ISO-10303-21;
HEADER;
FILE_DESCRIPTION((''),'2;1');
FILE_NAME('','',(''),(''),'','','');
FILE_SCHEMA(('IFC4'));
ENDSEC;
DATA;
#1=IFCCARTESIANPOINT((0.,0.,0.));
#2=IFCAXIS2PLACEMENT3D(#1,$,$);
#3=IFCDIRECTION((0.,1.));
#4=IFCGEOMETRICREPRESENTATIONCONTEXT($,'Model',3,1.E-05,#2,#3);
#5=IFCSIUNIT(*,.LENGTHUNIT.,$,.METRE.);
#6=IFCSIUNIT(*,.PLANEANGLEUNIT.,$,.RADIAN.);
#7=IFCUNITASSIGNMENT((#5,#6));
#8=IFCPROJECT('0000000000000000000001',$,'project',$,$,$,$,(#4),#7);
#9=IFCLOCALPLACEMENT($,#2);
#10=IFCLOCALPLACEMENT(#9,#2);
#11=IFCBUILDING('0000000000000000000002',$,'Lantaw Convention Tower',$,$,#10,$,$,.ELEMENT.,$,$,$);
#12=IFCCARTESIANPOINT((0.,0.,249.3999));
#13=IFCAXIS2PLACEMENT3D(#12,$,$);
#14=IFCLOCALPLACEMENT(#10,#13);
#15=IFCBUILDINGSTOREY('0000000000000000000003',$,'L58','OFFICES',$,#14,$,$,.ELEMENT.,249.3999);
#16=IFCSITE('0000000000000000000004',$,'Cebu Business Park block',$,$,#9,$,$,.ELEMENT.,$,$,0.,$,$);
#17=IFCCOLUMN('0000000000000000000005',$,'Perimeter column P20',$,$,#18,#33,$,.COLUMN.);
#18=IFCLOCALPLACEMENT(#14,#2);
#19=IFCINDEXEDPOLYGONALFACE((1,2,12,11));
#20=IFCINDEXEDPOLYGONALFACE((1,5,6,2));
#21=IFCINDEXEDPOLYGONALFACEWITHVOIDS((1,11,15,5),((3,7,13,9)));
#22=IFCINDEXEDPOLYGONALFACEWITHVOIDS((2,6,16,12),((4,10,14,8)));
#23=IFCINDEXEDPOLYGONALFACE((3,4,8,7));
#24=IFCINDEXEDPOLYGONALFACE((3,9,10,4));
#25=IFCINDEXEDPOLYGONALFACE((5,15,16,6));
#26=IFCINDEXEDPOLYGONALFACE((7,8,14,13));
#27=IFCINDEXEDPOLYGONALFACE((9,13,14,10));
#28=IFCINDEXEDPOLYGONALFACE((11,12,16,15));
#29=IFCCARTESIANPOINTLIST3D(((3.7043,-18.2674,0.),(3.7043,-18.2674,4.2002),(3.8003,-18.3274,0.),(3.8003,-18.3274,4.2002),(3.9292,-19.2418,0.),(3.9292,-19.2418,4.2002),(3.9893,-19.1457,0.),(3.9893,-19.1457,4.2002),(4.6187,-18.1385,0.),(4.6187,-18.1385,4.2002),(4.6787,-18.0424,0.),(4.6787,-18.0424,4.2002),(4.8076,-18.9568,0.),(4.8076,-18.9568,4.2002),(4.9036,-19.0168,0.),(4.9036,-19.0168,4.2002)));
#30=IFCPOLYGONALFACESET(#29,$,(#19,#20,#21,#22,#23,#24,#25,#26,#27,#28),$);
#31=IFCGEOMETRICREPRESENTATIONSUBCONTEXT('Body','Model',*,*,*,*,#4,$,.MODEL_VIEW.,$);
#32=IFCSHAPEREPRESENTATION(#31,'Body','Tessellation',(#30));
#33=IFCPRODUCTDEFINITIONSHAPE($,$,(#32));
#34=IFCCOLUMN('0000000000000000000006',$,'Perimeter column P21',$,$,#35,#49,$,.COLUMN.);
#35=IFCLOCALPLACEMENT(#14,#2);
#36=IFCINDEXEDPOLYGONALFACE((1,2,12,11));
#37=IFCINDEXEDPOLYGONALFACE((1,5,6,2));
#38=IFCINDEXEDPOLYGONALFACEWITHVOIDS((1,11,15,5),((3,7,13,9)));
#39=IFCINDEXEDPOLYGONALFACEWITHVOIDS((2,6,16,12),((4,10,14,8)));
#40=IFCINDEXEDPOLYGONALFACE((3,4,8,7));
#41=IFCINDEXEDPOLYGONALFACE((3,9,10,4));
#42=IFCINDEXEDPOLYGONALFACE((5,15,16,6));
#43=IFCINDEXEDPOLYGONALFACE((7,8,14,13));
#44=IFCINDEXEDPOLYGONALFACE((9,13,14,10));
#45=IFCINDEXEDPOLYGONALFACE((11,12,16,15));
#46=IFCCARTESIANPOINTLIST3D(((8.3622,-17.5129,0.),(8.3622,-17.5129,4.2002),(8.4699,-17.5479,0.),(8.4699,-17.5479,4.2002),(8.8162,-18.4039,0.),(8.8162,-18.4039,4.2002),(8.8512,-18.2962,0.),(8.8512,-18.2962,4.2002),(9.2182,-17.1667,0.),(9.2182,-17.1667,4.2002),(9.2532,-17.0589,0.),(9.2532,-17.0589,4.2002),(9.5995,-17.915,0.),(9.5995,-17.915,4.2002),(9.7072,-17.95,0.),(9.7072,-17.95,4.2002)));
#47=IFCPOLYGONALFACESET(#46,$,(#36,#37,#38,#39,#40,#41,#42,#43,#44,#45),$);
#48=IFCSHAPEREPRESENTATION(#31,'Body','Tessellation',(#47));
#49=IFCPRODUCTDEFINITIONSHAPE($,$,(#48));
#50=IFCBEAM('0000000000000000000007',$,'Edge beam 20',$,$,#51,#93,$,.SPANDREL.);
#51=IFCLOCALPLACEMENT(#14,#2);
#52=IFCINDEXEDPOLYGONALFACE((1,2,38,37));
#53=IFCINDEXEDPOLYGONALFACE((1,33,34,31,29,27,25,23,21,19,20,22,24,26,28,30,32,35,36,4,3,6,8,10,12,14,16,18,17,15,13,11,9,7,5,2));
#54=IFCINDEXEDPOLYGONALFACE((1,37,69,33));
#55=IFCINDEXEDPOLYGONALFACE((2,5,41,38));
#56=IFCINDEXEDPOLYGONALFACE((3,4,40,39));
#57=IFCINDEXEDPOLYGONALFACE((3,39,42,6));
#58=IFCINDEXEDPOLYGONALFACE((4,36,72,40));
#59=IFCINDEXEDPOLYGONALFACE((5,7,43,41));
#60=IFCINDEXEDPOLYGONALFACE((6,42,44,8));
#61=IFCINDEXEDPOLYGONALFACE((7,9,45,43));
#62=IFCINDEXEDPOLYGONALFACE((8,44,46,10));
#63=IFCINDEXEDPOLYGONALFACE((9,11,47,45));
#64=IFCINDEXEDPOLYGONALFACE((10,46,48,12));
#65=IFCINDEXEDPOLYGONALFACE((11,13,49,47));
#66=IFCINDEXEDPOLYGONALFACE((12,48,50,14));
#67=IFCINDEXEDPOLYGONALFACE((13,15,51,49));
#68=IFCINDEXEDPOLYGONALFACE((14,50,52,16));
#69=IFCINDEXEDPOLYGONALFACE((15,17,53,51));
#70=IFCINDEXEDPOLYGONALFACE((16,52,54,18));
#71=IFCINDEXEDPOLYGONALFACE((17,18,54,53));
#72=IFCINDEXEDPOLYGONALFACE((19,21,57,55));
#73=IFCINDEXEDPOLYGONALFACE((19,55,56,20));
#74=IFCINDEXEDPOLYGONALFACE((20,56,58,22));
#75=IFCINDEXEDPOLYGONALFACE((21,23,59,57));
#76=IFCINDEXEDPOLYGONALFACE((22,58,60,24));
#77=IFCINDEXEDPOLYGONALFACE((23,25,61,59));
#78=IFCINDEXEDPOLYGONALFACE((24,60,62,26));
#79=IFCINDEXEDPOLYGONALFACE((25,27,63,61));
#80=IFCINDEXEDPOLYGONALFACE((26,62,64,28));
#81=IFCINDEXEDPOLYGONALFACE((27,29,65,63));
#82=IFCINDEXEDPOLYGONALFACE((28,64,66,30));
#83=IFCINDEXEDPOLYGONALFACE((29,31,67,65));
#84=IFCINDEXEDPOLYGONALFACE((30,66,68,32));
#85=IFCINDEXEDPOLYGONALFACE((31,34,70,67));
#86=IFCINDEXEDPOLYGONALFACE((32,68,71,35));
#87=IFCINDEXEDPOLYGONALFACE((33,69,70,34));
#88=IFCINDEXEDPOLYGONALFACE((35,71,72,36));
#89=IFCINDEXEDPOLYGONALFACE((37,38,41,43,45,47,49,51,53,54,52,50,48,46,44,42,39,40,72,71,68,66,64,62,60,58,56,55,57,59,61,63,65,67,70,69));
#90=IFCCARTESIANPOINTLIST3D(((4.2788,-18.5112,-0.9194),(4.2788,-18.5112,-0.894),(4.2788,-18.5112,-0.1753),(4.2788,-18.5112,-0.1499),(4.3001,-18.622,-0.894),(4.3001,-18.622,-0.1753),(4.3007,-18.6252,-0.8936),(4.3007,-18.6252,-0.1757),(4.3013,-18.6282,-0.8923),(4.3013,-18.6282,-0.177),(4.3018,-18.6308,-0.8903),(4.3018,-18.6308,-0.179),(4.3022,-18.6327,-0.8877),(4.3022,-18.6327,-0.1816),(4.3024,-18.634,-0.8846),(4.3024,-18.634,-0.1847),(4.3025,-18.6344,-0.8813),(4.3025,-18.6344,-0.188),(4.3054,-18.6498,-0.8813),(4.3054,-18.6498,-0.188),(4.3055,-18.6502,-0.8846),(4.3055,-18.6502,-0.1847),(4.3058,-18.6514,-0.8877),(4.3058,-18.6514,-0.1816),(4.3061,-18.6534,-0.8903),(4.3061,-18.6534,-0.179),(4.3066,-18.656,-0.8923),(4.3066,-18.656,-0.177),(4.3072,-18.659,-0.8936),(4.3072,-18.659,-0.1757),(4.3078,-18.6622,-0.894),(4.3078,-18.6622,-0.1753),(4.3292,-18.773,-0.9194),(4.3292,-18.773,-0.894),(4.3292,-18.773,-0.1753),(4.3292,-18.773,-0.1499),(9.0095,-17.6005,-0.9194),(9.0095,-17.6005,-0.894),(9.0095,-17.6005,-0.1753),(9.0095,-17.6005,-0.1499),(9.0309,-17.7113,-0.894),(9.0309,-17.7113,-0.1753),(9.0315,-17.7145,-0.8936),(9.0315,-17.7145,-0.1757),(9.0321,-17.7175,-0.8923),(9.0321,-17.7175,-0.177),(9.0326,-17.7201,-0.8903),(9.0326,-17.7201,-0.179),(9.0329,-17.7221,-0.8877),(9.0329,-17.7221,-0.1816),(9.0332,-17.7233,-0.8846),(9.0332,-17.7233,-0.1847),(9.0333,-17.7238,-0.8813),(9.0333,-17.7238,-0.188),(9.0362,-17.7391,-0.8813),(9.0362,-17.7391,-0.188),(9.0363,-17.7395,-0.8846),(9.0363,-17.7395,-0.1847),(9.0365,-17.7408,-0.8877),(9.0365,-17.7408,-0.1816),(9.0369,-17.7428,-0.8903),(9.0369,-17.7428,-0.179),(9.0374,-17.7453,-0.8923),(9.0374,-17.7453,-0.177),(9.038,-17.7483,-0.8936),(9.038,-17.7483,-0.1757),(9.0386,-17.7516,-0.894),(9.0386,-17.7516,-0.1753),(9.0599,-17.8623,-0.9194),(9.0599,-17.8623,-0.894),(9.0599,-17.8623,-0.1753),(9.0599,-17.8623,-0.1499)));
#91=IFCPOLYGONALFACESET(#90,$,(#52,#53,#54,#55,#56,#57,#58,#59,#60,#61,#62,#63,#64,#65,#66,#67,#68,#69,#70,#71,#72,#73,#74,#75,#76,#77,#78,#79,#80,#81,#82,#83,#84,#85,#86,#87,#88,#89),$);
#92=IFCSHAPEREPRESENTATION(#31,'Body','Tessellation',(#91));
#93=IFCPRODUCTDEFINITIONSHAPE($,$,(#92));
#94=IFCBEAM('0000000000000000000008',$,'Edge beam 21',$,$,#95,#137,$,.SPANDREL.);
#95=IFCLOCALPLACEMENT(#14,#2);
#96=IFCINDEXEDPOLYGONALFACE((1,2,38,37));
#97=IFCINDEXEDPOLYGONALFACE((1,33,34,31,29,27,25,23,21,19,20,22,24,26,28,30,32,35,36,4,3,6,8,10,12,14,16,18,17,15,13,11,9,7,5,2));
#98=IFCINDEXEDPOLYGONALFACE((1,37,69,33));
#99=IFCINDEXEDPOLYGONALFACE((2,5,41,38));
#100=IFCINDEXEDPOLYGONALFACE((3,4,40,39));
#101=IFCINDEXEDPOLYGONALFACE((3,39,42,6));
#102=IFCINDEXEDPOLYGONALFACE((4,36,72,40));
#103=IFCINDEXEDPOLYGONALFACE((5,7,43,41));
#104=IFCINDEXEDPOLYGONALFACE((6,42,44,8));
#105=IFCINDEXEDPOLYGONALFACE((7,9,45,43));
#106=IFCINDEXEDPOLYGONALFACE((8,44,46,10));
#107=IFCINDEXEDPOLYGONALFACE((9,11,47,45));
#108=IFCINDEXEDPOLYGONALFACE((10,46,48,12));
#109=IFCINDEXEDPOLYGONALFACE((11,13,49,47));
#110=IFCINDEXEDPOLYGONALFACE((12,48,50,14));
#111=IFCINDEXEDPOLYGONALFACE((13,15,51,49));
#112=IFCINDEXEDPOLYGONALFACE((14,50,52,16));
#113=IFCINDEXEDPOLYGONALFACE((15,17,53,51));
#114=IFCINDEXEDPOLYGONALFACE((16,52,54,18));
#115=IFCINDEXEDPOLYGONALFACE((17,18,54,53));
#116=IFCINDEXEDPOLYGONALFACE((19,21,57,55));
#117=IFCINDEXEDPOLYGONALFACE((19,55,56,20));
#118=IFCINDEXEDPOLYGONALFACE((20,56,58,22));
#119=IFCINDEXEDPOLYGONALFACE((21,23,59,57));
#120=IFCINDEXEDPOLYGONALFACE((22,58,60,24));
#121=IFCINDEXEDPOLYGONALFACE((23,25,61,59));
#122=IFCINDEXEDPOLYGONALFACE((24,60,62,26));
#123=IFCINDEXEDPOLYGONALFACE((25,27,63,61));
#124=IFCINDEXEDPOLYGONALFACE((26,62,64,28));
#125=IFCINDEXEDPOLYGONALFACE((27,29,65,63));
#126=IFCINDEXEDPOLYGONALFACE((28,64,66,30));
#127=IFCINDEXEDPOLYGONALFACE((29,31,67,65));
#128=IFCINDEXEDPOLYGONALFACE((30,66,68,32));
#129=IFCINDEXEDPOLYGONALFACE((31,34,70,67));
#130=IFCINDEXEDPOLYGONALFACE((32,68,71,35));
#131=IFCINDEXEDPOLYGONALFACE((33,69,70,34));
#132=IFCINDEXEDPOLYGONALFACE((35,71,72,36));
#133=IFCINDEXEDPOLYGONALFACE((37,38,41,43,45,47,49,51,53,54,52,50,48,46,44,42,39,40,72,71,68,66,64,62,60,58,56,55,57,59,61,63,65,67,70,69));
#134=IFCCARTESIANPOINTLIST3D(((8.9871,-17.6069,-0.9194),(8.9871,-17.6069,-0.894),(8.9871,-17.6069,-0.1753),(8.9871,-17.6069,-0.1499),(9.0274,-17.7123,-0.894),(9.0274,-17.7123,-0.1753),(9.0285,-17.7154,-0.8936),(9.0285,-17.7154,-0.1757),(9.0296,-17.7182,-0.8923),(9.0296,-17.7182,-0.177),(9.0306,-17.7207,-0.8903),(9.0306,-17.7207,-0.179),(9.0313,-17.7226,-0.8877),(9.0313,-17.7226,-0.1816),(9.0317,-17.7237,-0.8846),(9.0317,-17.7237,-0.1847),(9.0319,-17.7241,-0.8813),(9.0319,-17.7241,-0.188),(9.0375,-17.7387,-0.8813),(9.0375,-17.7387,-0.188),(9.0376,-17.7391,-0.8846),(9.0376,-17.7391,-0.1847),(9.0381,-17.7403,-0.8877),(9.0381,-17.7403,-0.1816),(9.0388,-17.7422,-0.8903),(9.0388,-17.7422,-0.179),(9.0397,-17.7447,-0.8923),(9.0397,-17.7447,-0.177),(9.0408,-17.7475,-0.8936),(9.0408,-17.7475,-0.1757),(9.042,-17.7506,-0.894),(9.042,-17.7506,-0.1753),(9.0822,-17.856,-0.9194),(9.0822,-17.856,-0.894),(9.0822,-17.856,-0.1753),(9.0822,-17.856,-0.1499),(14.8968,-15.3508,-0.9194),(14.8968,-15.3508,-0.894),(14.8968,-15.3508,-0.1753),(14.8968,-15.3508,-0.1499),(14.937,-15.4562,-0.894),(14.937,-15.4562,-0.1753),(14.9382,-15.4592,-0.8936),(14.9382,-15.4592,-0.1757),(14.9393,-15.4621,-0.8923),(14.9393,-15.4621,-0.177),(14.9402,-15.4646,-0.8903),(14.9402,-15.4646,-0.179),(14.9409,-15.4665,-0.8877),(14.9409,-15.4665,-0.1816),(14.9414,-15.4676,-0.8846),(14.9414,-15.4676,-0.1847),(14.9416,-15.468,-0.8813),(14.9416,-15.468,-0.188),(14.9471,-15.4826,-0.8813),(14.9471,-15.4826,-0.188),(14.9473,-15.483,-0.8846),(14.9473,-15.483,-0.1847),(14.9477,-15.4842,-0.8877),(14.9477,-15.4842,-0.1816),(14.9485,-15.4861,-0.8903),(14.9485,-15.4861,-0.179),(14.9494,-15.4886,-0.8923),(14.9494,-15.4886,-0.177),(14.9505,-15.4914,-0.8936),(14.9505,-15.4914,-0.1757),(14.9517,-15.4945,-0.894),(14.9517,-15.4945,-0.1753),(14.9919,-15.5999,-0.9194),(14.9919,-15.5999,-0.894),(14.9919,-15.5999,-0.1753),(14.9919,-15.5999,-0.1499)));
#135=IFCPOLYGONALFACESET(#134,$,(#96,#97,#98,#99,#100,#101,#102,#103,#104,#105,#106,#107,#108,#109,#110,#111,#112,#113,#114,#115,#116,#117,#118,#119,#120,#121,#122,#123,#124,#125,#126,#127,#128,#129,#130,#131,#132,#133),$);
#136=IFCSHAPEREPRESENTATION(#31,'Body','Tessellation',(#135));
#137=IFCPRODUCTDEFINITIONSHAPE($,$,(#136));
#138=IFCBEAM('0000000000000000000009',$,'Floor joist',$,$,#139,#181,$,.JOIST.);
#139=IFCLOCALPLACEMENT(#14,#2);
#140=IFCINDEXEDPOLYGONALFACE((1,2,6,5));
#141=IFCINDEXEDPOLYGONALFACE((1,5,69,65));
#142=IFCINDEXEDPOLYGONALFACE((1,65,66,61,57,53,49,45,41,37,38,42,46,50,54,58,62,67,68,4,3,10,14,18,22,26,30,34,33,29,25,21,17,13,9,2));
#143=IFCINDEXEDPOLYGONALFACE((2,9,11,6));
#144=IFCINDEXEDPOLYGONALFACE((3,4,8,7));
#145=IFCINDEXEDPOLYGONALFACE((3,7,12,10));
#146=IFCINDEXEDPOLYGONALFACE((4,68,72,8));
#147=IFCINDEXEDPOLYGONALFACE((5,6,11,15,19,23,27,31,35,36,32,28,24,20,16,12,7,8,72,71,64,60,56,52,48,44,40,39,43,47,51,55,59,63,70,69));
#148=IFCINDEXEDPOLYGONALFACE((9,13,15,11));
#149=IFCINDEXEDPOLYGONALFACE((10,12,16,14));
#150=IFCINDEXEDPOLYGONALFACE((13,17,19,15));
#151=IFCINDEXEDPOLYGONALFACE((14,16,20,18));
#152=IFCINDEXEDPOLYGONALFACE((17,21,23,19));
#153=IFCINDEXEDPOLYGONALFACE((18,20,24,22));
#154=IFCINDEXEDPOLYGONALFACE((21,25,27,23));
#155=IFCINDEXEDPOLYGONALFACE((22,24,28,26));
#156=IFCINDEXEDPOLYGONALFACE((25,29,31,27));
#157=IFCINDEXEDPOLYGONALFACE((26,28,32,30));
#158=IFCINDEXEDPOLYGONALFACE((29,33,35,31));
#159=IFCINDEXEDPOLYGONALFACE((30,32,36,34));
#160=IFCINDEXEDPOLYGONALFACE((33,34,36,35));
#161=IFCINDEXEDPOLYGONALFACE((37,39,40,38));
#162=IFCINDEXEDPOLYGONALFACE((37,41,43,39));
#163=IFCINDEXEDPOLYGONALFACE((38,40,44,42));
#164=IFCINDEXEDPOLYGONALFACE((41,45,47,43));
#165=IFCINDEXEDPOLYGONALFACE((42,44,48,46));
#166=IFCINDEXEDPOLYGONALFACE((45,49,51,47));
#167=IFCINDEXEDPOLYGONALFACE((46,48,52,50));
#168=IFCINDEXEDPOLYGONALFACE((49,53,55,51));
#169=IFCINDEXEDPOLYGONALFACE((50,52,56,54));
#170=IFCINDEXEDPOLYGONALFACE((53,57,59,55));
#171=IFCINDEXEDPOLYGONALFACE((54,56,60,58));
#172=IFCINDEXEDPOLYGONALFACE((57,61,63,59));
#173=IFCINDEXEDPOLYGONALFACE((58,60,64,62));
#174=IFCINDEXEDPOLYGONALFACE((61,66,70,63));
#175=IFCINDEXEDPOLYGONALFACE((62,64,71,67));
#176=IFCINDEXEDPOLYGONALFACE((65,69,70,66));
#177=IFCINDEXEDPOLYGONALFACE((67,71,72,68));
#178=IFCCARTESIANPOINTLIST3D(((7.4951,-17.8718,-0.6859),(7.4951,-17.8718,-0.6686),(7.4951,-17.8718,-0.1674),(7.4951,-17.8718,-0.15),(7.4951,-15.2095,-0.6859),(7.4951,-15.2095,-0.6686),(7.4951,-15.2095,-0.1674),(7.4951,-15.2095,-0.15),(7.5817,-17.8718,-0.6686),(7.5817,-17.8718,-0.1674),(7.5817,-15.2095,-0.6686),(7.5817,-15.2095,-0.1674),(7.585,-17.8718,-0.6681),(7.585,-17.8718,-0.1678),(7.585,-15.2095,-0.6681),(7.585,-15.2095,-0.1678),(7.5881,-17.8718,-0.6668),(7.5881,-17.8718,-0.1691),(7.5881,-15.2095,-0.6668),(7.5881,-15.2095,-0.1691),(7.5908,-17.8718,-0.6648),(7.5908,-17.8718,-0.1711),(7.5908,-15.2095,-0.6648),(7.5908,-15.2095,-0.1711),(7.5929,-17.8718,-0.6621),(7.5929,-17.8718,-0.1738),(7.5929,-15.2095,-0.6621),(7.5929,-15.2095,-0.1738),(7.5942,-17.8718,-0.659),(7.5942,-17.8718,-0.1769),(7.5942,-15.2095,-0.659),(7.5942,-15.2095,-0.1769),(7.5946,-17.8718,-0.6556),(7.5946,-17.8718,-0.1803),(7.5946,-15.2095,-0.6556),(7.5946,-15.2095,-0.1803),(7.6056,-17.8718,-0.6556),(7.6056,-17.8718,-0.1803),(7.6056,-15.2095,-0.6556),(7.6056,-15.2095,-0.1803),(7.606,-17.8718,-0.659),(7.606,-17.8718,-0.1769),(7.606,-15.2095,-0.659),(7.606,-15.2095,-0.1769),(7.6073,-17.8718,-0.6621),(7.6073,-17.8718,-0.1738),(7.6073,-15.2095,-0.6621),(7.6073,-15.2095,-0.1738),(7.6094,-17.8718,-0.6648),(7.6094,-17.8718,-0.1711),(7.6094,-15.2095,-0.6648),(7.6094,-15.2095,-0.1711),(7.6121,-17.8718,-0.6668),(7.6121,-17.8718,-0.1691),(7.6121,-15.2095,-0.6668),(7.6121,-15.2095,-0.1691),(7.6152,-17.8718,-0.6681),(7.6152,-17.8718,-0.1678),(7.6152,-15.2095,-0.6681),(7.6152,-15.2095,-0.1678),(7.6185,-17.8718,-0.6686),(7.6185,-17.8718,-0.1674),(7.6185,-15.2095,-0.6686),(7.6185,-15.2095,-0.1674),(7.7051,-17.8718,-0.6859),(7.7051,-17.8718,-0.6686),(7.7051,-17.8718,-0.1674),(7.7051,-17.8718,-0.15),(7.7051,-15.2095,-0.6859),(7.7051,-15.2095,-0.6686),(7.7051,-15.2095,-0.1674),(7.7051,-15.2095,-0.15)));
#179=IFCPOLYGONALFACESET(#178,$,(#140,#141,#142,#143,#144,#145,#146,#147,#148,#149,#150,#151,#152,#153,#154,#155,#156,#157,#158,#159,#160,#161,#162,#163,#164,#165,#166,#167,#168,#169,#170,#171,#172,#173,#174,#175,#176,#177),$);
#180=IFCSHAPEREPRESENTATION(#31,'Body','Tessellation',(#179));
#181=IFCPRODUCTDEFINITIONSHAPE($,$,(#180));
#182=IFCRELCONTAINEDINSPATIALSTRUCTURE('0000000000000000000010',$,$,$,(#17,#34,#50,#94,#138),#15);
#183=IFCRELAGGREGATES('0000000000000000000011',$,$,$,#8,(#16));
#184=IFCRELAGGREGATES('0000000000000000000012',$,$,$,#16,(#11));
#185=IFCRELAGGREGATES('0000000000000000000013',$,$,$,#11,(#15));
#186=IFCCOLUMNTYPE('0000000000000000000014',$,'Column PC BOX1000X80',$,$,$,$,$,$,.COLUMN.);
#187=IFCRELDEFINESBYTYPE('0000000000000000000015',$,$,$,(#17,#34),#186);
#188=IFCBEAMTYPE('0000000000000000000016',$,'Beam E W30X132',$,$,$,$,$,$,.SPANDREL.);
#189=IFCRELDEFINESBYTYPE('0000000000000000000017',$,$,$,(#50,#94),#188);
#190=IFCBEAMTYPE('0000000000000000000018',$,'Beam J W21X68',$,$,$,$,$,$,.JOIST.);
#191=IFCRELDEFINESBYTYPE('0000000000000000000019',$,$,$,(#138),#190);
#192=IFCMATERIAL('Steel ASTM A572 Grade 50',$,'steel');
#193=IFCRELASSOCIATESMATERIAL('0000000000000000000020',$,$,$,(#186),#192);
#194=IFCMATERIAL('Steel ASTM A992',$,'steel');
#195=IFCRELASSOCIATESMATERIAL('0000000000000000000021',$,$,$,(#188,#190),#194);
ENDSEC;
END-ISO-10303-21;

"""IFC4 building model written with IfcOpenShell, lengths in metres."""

from ifc_helpers import new_model, si_unit, direction, frame, origin, origin_2d, place, context, subcontext, project, spatial, rectangle, hollow_rectangle, i_section, extrude, material, material_profile, profile_set, type_object, element, save


model = new_model("IFC4")

# Units and contexts
model_context = context("Model", 3, precision=1e-05, world=origin(), true_north=direction((0.0, 1.0)))
body_context = subcontext(model_context, "Body", "Model", "MODEL_VIEW")
ifc_project = project(units=[si_unit("LENGTHUNIT", "METRE"), si_unit("PLANEANGLEUNIT", "RADIAN")], contexts=[model_context])

# Site, building, storey
site_placement = place(None, origin())
site = spatial("IfcSite", under=ifc_project, at=site_placement, Name="Cebu Business Park block", CompositionType="ELEMENT", RefElevation=0.0)
building_placement = place(site_placement, origin())
building = spatial("IfcBuilding", under=site, at=building_placement, Name="Lantaw Convention Tower", CompositionType="ELEMENT")
storey_placement = place(building_placement, frame((0.0, 0.0, 249.3999)))
storey = spatial("IfcBuildingStorey", under=building, at=storey_placement, Name="L58", Description="OFFICES", CompositionType="ELEMENT", Elevation=249.3999)

# Columns
ifc_material_1 = material(Name="Steel ASTM A572 Grade 50", Category="steel")
ifc_material_profile_1 = material_profile(ifc_material_1, hollow_rectangle(XDim=1.0, YDim=1.0, WallThickness=0.0801, at=origin_2d()), Name="BOX1000X80")
ifc_material_2 = material(Name="Concrete C60/75", Category="concrete")
ifc_material_profile_2 = material_profile(ifc_material_2, rectangle(XDim=0.8401, YDim=0.8401, at=origin_2d()), Name="Concrete fill of BOX1000X80")
ifc_profile_set_1 = profile_set([ifc_material_profile_1, ifc_material_profile_2], Name="Steel ASTM A572 Grade 50")
column_type = type_object("IfcColumnType", Name="Column PC BOX1000X80", PredefinedType="COLUMN", material=ifc_profile_set_1)
for number, where, z_axis, x_axis, name in (
    (1, (4.304, -18.6421, 0.0), (0.0, 0.0, 1.0), (0.97437, 0.224951, 0.0), "Perimeter column P20"),
    (2, (9.0347, -17.7314, 0.0), (0.0, 0.0, 1.0), (0.891007, 0.45399, 0.0), "Perimeter column P21"),
):
    element("IfcColumn", number, at=place(storey_placement, frame(where, z_axis=z_axis, x_axis=x_axis)), inside=storey, type_object=column_type, Name=name, PredefinedType="COLUMN", context=body_context, shape_type="SweptSolid", body=[
        extrude(hollow_rectangle(XDim=1.0, YDim=1.0, WallThickness=0.0801, at=origin_2d()), origin(), (0.0, 0.0, 1.0), 4.2002),
    ])

# Beams
ifc_material_3 = material(Name="Steel ASTM A992", Category="steel")
ifc_material_profile_3 = material_profile(ifc_material_3, i_section(OverallWidth=0.2666, OverallDepth=0.7695, WebThickness=0.0156, FlangeThickness=0.0254, FilletRadius=0.0127, at=origin_2d()), Name="W30X132")
ifc_profile_set_2 = profile_set([ifc_material_profile_3], Name="Steel ASTM A992")
beam_type_1 = type_object("IfcBeamType", Name="Beam E W30X132", PredefinedType="SPANDREL", material=ifc_profile_set_2)
beam_1_placement = place(storey_placement, frame((4.304, -18.6421, -0.5347), z_axis=(0.981972, 0.189026, 0.0), x_axis=(-0.189026, 0.981972, 0.0)))
element("IfcBeam", 3, at=beam_1_placement, inside=storey, type_object=beam_type_1, Name="Edge beam 20", PredefinedType="SPANDREL", context=body_context, shape_type="SweptSolid", body=[
    extrude(i_section(OverallWidth=0.2666, OverallDepth=0.7695, WebThickness=0.0156, FlangeThickness=0.0254, FilletRadius=0.0127, at=origin_2d()), origin(), (0.0, 0.0, 1.0), 4.8176),
])
beam_2_placement = place(storey_placement, frame((9.0347, -17.7314, -0.5347), z_axis=(0.934235, 0.356658, 0.0), x_axis=(-0.356658, 0.934235, 0.0)))
element("IfcBeam", 4, at=beam_2_placement, inside=storey, type_object=beam_type_1, Name="Edge beam 21", PredefinedType="SPANDREL", context=body_context, shape_type="SweptSolid", body=[
    extrude(i_section(OverallWidth=0.2666, OverallDepth=0.7695, WebThickness=0.0156, FlangeThickness=0.0254, FilletRadius=0.0127, at=origin_2d()), origin(), (0.0, 0.0, 1.0), 6.3257),
])
ifc_material_profile_4 = material_profile(ifc_material_3, i_section(OverallWidth=0.21, OverallDepth=0.5359, WebThickness=0.011, FlangeThickness=0.0173, FilletRadius=0.0129, at=origin_2d()), Name="W21X68")
ifc_profile_set_3 = profile_set([ifc_material_profile_4], Name="Steel ASTM A992")
beam_type_2 = type_object("IfcBeamType", Name="Beam J W21X68", PredefinedType="JOIST", material=ifc_profile_set_3)
beam_3_placement = place(storey_placement, frame((7.6001, -17.8718, -0.418), z_axis=(0.0, 1.0, 0.0), x_axis=(-1.0, 0.0, 0.0)))
element("IfcBeam", 5, at=beam_3_placement, inside=storey, type_object=beam_type_2, Name="Floor joist", PredefinedType="JOIST", context=body_context, shape_type="SweptSolid", body=[
    extrude(i_section(OverallWidth=0.21, OverallDepth=0.5359, WebThickness=0.011, FlangeThickness=0.0173, FilletRadius=0.0129, at=origin_2d()), origin(), (0.0, 0.0, 1.0), 2.6624),
])

save(model, "model.ifc")
